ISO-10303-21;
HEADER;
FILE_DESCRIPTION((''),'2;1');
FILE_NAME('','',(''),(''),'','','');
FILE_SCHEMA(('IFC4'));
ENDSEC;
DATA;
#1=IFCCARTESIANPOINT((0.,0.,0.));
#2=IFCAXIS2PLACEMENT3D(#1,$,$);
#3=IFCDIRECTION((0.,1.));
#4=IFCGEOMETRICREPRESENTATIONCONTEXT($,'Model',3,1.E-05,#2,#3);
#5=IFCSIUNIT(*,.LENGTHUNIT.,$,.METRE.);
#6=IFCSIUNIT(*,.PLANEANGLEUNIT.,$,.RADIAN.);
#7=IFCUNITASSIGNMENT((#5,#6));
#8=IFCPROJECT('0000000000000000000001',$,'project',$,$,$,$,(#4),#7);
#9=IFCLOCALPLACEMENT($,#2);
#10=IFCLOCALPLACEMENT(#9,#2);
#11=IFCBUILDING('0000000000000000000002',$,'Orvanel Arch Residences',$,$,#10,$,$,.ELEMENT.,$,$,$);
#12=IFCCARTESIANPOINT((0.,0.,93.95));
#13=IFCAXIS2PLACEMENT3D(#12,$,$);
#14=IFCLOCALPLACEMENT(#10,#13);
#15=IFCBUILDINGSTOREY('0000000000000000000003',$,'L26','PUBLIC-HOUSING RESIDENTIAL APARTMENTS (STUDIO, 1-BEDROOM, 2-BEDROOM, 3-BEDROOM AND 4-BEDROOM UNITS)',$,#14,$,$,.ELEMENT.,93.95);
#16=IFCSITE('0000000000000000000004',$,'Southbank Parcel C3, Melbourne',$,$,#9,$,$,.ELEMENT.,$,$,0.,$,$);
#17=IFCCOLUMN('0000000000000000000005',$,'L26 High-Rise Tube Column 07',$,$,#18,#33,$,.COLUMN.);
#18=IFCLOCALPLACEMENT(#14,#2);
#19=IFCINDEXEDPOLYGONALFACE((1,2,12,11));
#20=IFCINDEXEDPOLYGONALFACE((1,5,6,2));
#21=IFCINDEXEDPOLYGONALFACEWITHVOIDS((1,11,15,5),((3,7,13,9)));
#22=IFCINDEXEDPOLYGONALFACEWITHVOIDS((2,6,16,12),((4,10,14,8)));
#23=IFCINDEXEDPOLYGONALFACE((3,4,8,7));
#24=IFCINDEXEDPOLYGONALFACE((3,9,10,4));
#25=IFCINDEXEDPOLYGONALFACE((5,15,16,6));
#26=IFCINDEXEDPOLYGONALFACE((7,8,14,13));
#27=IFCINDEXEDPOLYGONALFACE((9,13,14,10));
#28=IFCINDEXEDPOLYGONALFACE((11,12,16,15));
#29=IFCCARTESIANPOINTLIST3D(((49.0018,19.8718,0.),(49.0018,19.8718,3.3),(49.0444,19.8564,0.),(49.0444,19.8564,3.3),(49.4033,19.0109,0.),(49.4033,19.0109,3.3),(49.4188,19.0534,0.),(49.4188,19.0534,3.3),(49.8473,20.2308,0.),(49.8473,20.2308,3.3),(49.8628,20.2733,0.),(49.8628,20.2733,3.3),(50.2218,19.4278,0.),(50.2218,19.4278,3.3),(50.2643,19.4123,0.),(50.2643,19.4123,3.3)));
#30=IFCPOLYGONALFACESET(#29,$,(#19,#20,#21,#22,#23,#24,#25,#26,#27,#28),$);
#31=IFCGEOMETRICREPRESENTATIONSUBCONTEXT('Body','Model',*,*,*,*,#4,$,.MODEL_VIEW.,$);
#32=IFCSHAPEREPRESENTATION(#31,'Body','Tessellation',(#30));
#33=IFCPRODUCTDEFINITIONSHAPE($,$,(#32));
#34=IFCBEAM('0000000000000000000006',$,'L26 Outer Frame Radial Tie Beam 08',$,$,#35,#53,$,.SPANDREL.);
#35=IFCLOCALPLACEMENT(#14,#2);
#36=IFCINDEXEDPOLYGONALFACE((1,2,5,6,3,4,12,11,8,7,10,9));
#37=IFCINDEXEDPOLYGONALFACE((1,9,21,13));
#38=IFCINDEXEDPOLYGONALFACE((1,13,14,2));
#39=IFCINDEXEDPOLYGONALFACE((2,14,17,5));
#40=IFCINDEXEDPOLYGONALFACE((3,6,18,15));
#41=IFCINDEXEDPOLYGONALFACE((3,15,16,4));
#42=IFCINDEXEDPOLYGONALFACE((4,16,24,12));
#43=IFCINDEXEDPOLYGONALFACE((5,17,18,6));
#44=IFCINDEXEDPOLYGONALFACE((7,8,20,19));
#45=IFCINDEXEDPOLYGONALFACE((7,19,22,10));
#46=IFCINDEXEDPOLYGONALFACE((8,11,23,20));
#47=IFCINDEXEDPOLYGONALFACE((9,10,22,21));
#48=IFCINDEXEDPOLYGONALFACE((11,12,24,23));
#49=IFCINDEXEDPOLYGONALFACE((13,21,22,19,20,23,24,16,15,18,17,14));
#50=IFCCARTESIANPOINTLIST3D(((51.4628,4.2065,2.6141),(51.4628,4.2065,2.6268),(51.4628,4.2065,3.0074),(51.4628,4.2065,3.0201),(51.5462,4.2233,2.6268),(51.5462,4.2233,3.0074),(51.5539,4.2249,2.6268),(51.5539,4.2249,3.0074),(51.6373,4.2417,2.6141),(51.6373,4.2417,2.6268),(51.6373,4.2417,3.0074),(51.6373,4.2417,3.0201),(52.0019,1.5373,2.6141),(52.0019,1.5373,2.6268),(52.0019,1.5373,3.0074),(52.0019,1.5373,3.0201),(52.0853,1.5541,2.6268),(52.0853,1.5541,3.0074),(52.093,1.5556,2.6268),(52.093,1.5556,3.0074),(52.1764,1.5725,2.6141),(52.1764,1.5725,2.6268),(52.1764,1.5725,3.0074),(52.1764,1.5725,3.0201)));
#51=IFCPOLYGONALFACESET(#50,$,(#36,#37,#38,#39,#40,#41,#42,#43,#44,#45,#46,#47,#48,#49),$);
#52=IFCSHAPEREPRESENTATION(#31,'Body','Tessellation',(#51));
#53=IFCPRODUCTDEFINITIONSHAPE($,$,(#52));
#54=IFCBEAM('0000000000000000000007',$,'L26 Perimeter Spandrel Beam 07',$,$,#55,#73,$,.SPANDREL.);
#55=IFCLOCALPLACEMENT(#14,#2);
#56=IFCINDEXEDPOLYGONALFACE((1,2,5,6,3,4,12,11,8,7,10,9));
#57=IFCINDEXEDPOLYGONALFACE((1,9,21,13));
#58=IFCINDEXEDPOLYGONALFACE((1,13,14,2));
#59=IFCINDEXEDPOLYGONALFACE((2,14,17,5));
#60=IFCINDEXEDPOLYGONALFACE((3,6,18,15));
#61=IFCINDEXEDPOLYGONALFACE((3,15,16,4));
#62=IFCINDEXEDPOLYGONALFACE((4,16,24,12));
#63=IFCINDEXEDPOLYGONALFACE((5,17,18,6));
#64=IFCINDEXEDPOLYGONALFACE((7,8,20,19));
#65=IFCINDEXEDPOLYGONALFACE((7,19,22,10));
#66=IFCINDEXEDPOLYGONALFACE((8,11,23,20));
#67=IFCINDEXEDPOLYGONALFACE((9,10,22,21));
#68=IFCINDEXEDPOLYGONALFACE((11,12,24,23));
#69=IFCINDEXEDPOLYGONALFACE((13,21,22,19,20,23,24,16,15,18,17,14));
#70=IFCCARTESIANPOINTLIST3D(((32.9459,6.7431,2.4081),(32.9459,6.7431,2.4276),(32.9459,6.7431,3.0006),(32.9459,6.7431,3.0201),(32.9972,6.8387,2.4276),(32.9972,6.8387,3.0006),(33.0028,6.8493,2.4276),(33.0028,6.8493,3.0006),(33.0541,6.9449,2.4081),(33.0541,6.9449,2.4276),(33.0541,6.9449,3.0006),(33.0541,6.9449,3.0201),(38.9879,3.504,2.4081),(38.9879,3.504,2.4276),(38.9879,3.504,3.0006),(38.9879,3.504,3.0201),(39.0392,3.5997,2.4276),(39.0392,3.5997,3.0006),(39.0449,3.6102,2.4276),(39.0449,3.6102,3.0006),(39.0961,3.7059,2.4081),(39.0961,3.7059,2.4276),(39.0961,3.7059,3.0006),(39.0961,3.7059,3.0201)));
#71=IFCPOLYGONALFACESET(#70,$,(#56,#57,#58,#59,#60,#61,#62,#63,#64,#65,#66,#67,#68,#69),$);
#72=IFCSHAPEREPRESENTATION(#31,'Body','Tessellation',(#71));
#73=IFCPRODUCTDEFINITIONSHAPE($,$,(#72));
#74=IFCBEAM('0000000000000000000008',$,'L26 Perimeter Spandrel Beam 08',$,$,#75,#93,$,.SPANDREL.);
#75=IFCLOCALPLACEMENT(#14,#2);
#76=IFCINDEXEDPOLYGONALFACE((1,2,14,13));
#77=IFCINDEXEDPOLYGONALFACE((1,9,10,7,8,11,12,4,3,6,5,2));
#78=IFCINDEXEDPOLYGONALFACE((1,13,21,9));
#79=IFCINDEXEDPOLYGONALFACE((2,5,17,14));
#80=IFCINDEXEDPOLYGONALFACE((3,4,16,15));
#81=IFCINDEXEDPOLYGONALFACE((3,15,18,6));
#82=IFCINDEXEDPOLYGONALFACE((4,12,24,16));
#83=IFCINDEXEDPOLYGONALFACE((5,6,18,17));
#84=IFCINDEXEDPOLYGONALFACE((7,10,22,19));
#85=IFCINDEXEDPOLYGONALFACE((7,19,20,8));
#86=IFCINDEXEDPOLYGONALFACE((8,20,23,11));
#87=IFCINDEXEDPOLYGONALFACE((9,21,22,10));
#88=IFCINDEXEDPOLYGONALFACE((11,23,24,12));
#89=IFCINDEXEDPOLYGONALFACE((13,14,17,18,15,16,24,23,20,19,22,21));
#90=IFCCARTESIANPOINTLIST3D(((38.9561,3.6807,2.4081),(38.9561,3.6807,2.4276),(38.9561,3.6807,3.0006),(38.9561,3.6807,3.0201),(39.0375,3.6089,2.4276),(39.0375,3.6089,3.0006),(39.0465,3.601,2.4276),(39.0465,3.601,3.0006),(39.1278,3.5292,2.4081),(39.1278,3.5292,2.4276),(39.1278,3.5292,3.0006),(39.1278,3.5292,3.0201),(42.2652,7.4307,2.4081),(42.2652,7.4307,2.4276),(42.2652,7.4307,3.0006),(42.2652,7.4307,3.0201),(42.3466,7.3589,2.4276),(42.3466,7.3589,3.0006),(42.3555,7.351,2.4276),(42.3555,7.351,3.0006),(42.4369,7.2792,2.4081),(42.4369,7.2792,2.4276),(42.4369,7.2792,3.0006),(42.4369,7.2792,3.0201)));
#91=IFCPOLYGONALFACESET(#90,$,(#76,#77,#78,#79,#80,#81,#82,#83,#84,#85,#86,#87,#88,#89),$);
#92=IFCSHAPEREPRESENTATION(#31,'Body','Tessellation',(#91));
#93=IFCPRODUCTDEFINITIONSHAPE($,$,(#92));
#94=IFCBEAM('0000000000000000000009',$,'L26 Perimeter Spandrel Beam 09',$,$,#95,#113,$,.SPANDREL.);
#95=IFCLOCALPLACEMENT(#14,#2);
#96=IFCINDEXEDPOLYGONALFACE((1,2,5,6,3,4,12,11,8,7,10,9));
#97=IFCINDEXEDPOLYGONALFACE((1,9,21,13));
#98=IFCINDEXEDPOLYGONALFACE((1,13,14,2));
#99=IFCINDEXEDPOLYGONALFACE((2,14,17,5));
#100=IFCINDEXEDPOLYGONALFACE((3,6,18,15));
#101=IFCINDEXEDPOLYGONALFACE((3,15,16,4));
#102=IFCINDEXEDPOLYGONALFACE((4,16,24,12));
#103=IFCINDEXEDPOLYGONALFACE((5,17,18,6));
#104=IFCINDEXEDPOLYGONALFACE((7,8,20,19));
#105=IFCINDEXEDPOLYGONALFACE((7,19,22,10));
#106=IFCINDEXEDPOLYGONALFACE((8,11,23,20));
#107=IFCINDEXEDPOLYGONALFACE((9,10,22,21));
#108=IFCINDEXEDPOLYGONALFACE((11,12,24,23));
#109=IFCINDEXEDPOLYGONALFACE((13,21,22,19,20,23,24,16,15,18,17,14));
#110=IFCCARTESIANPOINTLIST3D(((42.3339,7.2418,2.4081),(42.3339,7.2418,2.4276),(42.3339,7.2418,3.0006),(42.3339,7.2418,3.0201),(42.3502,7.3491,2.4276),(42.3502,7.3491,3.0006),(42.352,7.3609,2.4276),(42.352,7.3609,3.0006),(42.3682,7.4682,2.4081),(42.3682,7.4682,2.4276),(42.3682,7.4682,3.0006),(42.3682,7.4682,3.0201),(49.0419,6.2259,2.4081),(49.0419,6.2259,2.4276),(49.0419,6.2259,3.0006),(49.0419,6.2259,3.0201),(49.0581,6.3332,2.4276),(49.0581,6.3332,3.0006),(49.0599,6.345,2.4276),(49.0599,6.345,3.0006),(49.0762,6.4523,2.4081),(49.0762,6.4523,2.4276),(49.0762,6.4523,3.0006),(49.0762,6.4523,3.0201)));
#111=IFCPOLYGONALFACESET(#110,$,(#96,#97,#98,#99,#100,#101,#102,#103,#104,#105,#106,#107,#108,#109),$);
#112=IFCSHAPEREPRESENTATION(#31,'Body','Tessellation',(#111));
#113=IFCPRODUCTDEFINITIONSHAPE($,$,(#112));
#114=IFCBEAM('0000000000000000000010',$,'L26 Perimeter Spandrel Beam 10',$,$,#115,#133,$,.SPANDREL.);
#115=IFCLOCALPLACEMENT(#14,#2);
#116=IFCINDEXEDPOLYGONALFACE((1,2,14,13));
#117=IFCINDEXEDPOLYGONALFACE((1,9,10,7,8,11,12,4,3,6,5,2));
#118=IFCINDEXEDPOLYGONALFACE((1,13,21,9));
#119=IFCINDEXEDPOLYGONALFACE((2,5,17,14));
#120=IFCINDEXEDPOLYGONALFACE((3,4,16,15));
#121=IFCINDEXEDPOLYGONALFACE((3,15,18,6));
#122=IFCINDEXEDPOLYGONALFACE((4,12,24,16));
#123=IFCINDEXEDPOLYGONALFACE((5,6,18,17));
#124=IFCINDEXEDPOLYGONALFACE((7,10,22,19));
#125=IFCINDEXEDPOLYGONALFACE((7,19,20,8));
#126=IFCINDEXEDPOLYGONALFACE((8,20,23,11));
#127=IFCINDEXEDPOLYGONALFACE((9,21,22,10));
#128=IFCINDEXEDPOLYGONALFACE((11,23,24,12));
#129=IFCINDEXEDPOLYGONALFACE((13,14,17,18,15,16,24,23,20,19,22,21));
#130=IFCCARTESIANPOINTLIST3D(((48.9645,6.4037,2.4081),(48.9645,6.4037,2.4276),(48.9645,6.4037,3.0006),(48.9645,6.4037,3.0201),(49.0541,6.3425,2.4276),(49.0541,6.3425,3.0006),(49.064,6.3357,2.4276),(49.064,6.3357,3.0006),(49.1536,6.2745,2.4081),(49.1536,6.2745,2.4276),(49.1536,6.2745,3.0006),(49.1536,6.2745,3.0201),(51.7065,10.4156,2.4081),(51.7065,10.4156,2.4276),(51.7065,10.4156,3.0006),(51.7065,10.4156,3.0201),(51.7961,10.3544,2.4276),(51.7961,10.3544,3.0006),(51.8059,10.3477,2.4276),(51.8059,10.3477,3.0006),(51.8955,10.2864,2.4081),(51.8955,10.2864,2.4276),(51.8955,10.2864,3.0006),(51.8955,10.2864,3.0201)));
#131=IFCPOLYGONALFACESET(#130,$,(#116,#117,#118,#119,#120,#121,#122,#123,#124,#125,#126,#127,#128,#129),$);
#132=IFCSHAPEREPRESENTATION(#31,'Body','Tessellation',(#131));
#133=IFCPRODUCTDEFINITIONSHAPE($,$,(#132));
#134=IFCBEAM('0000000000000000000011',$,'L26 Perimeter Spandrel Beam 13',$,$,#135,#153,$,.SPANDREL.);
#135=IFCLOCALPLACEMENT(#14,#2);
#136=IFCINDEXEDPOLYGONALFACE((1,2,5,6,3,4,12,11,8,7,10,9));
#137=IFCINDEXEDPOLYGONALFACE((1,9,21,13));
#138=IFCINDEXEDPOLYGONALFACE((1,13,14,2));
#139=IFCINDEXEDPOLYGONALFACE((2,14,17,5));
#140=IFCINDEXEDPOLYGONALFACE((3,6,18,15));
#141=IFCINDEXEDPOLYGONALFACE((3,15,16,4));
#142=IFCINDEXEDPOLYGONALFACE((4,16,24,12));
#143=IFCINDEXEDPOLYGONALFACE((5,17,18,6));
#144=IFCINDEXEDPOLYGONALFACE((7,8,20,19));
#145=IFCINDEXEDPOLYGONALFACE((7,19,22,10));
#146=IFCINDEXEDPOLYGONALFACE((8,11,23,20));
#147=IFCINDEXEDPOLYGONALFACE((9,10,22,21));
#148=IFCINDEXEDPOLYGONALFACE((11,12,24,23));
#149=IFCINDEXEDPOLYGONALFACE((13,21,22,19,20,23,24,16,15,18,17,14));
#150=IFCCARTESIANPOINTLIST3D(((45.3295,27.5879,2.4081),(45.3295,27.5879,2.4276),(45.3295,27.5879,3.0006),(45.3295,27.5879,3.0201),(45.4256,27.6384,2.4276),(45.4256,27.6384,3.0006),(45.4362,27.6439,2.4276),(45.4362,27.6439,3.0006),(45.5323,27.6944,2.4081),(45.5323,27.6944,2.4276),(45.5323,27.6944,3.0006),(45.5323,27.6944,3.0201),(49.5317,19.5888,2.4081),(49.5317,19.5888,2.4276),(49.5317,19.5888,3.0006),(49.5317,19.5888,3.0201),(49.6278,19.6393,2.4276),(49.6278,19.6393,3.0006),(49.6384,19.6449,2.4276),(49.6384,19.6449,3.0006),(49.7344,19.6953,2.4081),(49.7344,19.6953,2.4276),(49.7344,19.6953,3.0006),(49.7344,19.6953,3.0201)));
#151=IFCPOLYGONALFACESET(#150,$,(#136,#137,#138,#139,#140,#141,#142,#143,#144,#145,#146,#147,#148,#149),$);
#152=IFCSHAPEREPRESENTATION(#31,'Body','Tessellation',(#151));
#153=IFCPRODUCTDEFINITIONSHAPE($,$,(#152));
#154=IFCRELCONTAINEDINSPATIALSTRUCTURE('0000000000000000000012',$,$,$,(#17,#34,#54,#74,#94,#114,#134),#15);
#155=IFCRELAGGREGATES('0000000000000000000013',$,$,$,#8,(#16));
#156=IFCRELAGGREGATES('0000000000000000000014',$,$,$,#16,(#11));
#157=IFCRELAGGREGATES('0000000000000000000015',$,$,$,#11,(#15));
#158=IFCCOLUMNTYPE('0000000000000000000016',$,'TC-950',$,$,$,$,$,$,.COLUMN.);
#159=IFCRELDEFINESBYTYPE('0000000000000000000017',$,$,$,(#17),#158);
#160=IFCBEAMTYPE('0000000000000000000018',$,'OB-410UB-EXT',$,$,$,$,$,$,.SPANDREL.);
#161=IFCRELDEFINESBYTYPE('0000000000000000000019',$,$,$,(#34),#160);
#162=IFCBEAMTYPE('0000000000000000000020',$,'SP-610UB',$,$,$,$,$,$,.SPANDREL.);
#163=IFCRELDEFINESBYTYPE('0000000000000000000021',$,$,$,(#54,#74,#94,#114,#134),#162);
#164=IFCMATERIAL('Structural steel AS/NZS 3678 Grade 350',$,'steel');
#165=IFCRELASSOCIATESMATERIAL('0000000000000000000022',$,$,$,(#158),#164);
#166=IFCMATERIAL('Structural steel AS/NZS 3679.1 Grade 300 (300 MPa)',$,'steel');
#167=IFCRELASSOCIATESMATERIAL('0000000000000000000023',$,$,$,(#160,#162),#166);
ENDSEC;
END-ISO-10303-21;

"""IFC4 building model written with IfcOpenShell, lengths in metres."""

from ifc_helpers import new_model, si_unit, direction, frame, origin, origin_2d, place, context, subcontext, project, spatial, hollow_rectangle, i_section, extrude, material, material_profile, profile_set, type_object, element, save


model = new_model("IFC4")

# Units and contexts
model_context = context("Model", 3, precision=1e-05, world=origin(), true_north=direction((0.0, 1.0)))
body_context = subcontext(model_context, "Body", "Model", "MODEL_VIEW")
ifc_project = project(units=[si_unit("LENGTHUNIT", "METRE"), si_unit("PLANEANGLEUNIT", "RADIAN")], contexts=[model_context])

# Site, building, storey
site_placement = place(None, origin())
site = spatial("IfcSite", under=ifc_project, at=site_placement, Name="Southbank Parcel C3, Melbourne", CompositionType="ELEMENT", RefElevation=0.0)
building_placement = place(site_placement, origin())
building = spatial("IfcBuilding", under=site, at=building_placement, Name="Orvanel Arch Residences", CompositionType="ELEMENT")
storey_placement = place(building_placement, frame((0.0, 0.0, 93.95)))
storey = spatial("IfcBuildingStorey", under=building, at=storey_placement, Name="L26", Description="PUBLIC-HOUSING RESIDENTIAL APARTMENTS (STUDIO, 1-BEDROOM, 2-BEDROOM, 3-BEDROOM AND 4-BEDROOM UNITS)", CompositionType="ELEMENT", Elevation=93.95)

# Column
ifc_material_1 = material(Name="Structural steel AS/NZS 3678 Grade 350", Category="steel")
ifc_material_profile_1 = material_profile(ifc_material_1, hollow_rectangle(XDim=0.95, YDim=0.95, WallThickness=0.032, at=origin_2d()), Name="BOX950x950x32")
ifc_profile_set_1 = profile_set([ifc_material_profile_1], Name="Structural steel AS/NZS 3678 Grade 350")
column_type_1 = type_object("IfcColumnType", Name="TC-950", PredefinedType="COLUMN", material=ifc_profile_set_1)
for number, where, z_axis, x_axis, name in (
    (1, (49.6331, 19.6421, 0.0), (0.0, 0.0, 1.0), (-0.422618, 0.906308, 0.0), "L26 High-Rise Tube Column 07"),
):
    element("IfcColumn", number, at=place(storey_placement, frame(where, z_axis=z_axis, x_axis=x_axis)), inside=storey, type_object=column_type_1, Name=name, PredefinedType="COLUMN", context=body_context, shape_type="SweptSolid", body=[
        extrude(hollow_rectangle(XDim=0.95, YDim=0.95, WallThickness=0.032, at=origin_2d()), origin(), (0.0, 0.0, 1.0), 3.3),
    ])

# Beams
ifc_material_2 = material(Name="Structural steel AS/NZS 3679.1 Grade 300 (300 MPa)", Category="steel")
ifc_material_profile_2 = material_profile(ifc_material_2, i_section(OverallWidth=0.178, OverallDepth=0.406, WebThickness=0.0078, FlangeThickness=0.0127, at=origin_2d()), Name="410UB59.7")
ifc_profile_set_2 = profile_set([ifc_material_profile_2], Name="Structural steel AS/NZS 3679.1 Grade 300 (300 MPa)")
beam_type_1 = type_object("IfcBeamType", Name="OB-410UB-EXT", PredefinedType="SPANDREL", material=ifc_profile_set_2)
beam_1_placement = place(storey_placement, frame((51.55, 4.2241, 2.8171), z_axis=(0.197961, -0.98021, 0.0), x_axis=(0.98021, 0.197961, 0.0)))
element("IfcBeam", 2, at=beam_1_placement, inside=storey, type_object=beam_type_1, Name="L26 Outer Frame Radial Tie Beam 08", PredefinedType="SPANDREL", context=body_context, shape_type="SweptSolid", body=[
    extrude(i_section(OverallWidth=0.178, OverallDepth=0.406, WebThickness=0.0078, FlangeThickness=0.0127, at=origin_2d()), origin(), (0.0, 0.0, 1.0), 2.7231),
])
ifc_material_profile_3 = material_profile(ifc_material_2, i_section(OverallWidth=0.229, OverallDepth=0.6121, WebThickness=0.012, FlangeThickness=0.0195, at=origin_2d()), Name="610UB125")
ifc_profile_set_3 = profile_set([ifc_material_profile_3], Name="Structural steel AS/NZS 3679.1 Grade 300 (300 MPa)")
beam_type_2 = type_object("IfcBeamType", Name="SP-610UB", PredefinedType="SPANDREL", material=ifc_profile_set_3)
beam_2_placement = place(storey_placement, frame((33.0, 6.844, 2.7141), z_axis=(0.881344, -0.472474, 0.0), x_axis=(0.472474, 0.881344, 0.0)))
element("IfcBeam", 3, at=beam_2_placement, inside=storey, type_object=beam_type_2, Name="L26 Perimeter Spandrel Beam 07", PredefinedType="SPANDREL", context=body_context, shape_type="SweptSolid", body=[
    extrude(i_section(OverallWidth=0.229, OverallDepth=0.6121, WebThickness=0.012, FlangeThickness=0.0195, at=origin_2d()), origin(), (0.0, 0.0, 1.0), 6.8555),
])
beam_3_placement = place(storey_placement, frame((39.042, 3.605, 2.7141), z_axis=(0.661651, 0.749812, 0.0), x_axis=(-0.749812, 0.661651, 0.0)))
element("IfcBeam", 4, at=beam_3_placement, inside=storey, type_object=beam_type_2, Name="L26 Perimeter Spandrel Beam 08", PredefinedType="SPANDREL", context=body_context, shape_type="SweptSolid", body=[
    extrude(i_section(OverallWidth=0.229, OverallDepth=0.6121, WebThickness=0.012, FlangeThickness=0.0195, at=origin_2d()), origin(), (0.0, 0.0, 1.0), 5.0012),
])
beam_4_placement = place(storey_placement, frame((42.3511, 7.355, 2.7141), z_axis=(0.988726, -0.149734, 0.0), x_axis=(0.149734, 0.988726, 0.0)))
element("IfcBeam", 5, at=beam_4_placement, inside=storey, type_object=beam_type_2, Name="L26 Perimeter Spandrel Beam 09", PredefinedType="SPANDREL", context=body_context, shape_type="SweptSolid", body=[
    extrude(i_section(OverallWidth=0.229, OverallDepth=0.6121, WebThickness=0.012, FlangeThickness=0.0195, at=origin_2d()), origin(), (0.0, 0.0, 1.0), 6.7844),
])
beam_5_placement = place(storey_placement, frame((49.0591, 6.3391, 2.7141), z_axis=(0.564252, 0.825603, 0.0), x_axis=(-0.825603, 0.564252, 0.0)))
element("IfcBeam", 6, at=beam_5_placement, inside=storey, type_object=beam_type_2, Name="L26 Perimeter Spandrel Beam 10", PredefinedType="SPANDREL", context=body_context, shape_type="SweptSolid", body=[
    extrude(i_section(OverallWidth=0.229, OverallDepth=0.6121, WebThickness=0.012, FlangeThickness=0.0195, at=origin_2d()), origin(), (0.0, 0.0, 1.0), 4.8594),
])
beam_6_placement = place(storey_placement, frame((49.6331, 19.6421, 2.7141), z_axis=(-0.465065, 0.885277, 0.0), x_axis=(-0.885277, -0.465065, 0.0)))
element("IfcBeam", 7, at=beam_6_placement, inside=storey, type_object=beam_type_2, Name="L26 Perimeter Spandrel Beam 13", PredefinedType="SPANDREL", context=body_context, shape_type="SweptSolid", body=[
    extrude(i_section(OverallWidth=0.229, OverallDepth=0.6121, WebThickness=0.012, FlangeThickness=0.0195, at=origin_2d()), origin(), (0.0, 0.0, 1.0), 9.0356),
])

save(model, "model.ifc")
